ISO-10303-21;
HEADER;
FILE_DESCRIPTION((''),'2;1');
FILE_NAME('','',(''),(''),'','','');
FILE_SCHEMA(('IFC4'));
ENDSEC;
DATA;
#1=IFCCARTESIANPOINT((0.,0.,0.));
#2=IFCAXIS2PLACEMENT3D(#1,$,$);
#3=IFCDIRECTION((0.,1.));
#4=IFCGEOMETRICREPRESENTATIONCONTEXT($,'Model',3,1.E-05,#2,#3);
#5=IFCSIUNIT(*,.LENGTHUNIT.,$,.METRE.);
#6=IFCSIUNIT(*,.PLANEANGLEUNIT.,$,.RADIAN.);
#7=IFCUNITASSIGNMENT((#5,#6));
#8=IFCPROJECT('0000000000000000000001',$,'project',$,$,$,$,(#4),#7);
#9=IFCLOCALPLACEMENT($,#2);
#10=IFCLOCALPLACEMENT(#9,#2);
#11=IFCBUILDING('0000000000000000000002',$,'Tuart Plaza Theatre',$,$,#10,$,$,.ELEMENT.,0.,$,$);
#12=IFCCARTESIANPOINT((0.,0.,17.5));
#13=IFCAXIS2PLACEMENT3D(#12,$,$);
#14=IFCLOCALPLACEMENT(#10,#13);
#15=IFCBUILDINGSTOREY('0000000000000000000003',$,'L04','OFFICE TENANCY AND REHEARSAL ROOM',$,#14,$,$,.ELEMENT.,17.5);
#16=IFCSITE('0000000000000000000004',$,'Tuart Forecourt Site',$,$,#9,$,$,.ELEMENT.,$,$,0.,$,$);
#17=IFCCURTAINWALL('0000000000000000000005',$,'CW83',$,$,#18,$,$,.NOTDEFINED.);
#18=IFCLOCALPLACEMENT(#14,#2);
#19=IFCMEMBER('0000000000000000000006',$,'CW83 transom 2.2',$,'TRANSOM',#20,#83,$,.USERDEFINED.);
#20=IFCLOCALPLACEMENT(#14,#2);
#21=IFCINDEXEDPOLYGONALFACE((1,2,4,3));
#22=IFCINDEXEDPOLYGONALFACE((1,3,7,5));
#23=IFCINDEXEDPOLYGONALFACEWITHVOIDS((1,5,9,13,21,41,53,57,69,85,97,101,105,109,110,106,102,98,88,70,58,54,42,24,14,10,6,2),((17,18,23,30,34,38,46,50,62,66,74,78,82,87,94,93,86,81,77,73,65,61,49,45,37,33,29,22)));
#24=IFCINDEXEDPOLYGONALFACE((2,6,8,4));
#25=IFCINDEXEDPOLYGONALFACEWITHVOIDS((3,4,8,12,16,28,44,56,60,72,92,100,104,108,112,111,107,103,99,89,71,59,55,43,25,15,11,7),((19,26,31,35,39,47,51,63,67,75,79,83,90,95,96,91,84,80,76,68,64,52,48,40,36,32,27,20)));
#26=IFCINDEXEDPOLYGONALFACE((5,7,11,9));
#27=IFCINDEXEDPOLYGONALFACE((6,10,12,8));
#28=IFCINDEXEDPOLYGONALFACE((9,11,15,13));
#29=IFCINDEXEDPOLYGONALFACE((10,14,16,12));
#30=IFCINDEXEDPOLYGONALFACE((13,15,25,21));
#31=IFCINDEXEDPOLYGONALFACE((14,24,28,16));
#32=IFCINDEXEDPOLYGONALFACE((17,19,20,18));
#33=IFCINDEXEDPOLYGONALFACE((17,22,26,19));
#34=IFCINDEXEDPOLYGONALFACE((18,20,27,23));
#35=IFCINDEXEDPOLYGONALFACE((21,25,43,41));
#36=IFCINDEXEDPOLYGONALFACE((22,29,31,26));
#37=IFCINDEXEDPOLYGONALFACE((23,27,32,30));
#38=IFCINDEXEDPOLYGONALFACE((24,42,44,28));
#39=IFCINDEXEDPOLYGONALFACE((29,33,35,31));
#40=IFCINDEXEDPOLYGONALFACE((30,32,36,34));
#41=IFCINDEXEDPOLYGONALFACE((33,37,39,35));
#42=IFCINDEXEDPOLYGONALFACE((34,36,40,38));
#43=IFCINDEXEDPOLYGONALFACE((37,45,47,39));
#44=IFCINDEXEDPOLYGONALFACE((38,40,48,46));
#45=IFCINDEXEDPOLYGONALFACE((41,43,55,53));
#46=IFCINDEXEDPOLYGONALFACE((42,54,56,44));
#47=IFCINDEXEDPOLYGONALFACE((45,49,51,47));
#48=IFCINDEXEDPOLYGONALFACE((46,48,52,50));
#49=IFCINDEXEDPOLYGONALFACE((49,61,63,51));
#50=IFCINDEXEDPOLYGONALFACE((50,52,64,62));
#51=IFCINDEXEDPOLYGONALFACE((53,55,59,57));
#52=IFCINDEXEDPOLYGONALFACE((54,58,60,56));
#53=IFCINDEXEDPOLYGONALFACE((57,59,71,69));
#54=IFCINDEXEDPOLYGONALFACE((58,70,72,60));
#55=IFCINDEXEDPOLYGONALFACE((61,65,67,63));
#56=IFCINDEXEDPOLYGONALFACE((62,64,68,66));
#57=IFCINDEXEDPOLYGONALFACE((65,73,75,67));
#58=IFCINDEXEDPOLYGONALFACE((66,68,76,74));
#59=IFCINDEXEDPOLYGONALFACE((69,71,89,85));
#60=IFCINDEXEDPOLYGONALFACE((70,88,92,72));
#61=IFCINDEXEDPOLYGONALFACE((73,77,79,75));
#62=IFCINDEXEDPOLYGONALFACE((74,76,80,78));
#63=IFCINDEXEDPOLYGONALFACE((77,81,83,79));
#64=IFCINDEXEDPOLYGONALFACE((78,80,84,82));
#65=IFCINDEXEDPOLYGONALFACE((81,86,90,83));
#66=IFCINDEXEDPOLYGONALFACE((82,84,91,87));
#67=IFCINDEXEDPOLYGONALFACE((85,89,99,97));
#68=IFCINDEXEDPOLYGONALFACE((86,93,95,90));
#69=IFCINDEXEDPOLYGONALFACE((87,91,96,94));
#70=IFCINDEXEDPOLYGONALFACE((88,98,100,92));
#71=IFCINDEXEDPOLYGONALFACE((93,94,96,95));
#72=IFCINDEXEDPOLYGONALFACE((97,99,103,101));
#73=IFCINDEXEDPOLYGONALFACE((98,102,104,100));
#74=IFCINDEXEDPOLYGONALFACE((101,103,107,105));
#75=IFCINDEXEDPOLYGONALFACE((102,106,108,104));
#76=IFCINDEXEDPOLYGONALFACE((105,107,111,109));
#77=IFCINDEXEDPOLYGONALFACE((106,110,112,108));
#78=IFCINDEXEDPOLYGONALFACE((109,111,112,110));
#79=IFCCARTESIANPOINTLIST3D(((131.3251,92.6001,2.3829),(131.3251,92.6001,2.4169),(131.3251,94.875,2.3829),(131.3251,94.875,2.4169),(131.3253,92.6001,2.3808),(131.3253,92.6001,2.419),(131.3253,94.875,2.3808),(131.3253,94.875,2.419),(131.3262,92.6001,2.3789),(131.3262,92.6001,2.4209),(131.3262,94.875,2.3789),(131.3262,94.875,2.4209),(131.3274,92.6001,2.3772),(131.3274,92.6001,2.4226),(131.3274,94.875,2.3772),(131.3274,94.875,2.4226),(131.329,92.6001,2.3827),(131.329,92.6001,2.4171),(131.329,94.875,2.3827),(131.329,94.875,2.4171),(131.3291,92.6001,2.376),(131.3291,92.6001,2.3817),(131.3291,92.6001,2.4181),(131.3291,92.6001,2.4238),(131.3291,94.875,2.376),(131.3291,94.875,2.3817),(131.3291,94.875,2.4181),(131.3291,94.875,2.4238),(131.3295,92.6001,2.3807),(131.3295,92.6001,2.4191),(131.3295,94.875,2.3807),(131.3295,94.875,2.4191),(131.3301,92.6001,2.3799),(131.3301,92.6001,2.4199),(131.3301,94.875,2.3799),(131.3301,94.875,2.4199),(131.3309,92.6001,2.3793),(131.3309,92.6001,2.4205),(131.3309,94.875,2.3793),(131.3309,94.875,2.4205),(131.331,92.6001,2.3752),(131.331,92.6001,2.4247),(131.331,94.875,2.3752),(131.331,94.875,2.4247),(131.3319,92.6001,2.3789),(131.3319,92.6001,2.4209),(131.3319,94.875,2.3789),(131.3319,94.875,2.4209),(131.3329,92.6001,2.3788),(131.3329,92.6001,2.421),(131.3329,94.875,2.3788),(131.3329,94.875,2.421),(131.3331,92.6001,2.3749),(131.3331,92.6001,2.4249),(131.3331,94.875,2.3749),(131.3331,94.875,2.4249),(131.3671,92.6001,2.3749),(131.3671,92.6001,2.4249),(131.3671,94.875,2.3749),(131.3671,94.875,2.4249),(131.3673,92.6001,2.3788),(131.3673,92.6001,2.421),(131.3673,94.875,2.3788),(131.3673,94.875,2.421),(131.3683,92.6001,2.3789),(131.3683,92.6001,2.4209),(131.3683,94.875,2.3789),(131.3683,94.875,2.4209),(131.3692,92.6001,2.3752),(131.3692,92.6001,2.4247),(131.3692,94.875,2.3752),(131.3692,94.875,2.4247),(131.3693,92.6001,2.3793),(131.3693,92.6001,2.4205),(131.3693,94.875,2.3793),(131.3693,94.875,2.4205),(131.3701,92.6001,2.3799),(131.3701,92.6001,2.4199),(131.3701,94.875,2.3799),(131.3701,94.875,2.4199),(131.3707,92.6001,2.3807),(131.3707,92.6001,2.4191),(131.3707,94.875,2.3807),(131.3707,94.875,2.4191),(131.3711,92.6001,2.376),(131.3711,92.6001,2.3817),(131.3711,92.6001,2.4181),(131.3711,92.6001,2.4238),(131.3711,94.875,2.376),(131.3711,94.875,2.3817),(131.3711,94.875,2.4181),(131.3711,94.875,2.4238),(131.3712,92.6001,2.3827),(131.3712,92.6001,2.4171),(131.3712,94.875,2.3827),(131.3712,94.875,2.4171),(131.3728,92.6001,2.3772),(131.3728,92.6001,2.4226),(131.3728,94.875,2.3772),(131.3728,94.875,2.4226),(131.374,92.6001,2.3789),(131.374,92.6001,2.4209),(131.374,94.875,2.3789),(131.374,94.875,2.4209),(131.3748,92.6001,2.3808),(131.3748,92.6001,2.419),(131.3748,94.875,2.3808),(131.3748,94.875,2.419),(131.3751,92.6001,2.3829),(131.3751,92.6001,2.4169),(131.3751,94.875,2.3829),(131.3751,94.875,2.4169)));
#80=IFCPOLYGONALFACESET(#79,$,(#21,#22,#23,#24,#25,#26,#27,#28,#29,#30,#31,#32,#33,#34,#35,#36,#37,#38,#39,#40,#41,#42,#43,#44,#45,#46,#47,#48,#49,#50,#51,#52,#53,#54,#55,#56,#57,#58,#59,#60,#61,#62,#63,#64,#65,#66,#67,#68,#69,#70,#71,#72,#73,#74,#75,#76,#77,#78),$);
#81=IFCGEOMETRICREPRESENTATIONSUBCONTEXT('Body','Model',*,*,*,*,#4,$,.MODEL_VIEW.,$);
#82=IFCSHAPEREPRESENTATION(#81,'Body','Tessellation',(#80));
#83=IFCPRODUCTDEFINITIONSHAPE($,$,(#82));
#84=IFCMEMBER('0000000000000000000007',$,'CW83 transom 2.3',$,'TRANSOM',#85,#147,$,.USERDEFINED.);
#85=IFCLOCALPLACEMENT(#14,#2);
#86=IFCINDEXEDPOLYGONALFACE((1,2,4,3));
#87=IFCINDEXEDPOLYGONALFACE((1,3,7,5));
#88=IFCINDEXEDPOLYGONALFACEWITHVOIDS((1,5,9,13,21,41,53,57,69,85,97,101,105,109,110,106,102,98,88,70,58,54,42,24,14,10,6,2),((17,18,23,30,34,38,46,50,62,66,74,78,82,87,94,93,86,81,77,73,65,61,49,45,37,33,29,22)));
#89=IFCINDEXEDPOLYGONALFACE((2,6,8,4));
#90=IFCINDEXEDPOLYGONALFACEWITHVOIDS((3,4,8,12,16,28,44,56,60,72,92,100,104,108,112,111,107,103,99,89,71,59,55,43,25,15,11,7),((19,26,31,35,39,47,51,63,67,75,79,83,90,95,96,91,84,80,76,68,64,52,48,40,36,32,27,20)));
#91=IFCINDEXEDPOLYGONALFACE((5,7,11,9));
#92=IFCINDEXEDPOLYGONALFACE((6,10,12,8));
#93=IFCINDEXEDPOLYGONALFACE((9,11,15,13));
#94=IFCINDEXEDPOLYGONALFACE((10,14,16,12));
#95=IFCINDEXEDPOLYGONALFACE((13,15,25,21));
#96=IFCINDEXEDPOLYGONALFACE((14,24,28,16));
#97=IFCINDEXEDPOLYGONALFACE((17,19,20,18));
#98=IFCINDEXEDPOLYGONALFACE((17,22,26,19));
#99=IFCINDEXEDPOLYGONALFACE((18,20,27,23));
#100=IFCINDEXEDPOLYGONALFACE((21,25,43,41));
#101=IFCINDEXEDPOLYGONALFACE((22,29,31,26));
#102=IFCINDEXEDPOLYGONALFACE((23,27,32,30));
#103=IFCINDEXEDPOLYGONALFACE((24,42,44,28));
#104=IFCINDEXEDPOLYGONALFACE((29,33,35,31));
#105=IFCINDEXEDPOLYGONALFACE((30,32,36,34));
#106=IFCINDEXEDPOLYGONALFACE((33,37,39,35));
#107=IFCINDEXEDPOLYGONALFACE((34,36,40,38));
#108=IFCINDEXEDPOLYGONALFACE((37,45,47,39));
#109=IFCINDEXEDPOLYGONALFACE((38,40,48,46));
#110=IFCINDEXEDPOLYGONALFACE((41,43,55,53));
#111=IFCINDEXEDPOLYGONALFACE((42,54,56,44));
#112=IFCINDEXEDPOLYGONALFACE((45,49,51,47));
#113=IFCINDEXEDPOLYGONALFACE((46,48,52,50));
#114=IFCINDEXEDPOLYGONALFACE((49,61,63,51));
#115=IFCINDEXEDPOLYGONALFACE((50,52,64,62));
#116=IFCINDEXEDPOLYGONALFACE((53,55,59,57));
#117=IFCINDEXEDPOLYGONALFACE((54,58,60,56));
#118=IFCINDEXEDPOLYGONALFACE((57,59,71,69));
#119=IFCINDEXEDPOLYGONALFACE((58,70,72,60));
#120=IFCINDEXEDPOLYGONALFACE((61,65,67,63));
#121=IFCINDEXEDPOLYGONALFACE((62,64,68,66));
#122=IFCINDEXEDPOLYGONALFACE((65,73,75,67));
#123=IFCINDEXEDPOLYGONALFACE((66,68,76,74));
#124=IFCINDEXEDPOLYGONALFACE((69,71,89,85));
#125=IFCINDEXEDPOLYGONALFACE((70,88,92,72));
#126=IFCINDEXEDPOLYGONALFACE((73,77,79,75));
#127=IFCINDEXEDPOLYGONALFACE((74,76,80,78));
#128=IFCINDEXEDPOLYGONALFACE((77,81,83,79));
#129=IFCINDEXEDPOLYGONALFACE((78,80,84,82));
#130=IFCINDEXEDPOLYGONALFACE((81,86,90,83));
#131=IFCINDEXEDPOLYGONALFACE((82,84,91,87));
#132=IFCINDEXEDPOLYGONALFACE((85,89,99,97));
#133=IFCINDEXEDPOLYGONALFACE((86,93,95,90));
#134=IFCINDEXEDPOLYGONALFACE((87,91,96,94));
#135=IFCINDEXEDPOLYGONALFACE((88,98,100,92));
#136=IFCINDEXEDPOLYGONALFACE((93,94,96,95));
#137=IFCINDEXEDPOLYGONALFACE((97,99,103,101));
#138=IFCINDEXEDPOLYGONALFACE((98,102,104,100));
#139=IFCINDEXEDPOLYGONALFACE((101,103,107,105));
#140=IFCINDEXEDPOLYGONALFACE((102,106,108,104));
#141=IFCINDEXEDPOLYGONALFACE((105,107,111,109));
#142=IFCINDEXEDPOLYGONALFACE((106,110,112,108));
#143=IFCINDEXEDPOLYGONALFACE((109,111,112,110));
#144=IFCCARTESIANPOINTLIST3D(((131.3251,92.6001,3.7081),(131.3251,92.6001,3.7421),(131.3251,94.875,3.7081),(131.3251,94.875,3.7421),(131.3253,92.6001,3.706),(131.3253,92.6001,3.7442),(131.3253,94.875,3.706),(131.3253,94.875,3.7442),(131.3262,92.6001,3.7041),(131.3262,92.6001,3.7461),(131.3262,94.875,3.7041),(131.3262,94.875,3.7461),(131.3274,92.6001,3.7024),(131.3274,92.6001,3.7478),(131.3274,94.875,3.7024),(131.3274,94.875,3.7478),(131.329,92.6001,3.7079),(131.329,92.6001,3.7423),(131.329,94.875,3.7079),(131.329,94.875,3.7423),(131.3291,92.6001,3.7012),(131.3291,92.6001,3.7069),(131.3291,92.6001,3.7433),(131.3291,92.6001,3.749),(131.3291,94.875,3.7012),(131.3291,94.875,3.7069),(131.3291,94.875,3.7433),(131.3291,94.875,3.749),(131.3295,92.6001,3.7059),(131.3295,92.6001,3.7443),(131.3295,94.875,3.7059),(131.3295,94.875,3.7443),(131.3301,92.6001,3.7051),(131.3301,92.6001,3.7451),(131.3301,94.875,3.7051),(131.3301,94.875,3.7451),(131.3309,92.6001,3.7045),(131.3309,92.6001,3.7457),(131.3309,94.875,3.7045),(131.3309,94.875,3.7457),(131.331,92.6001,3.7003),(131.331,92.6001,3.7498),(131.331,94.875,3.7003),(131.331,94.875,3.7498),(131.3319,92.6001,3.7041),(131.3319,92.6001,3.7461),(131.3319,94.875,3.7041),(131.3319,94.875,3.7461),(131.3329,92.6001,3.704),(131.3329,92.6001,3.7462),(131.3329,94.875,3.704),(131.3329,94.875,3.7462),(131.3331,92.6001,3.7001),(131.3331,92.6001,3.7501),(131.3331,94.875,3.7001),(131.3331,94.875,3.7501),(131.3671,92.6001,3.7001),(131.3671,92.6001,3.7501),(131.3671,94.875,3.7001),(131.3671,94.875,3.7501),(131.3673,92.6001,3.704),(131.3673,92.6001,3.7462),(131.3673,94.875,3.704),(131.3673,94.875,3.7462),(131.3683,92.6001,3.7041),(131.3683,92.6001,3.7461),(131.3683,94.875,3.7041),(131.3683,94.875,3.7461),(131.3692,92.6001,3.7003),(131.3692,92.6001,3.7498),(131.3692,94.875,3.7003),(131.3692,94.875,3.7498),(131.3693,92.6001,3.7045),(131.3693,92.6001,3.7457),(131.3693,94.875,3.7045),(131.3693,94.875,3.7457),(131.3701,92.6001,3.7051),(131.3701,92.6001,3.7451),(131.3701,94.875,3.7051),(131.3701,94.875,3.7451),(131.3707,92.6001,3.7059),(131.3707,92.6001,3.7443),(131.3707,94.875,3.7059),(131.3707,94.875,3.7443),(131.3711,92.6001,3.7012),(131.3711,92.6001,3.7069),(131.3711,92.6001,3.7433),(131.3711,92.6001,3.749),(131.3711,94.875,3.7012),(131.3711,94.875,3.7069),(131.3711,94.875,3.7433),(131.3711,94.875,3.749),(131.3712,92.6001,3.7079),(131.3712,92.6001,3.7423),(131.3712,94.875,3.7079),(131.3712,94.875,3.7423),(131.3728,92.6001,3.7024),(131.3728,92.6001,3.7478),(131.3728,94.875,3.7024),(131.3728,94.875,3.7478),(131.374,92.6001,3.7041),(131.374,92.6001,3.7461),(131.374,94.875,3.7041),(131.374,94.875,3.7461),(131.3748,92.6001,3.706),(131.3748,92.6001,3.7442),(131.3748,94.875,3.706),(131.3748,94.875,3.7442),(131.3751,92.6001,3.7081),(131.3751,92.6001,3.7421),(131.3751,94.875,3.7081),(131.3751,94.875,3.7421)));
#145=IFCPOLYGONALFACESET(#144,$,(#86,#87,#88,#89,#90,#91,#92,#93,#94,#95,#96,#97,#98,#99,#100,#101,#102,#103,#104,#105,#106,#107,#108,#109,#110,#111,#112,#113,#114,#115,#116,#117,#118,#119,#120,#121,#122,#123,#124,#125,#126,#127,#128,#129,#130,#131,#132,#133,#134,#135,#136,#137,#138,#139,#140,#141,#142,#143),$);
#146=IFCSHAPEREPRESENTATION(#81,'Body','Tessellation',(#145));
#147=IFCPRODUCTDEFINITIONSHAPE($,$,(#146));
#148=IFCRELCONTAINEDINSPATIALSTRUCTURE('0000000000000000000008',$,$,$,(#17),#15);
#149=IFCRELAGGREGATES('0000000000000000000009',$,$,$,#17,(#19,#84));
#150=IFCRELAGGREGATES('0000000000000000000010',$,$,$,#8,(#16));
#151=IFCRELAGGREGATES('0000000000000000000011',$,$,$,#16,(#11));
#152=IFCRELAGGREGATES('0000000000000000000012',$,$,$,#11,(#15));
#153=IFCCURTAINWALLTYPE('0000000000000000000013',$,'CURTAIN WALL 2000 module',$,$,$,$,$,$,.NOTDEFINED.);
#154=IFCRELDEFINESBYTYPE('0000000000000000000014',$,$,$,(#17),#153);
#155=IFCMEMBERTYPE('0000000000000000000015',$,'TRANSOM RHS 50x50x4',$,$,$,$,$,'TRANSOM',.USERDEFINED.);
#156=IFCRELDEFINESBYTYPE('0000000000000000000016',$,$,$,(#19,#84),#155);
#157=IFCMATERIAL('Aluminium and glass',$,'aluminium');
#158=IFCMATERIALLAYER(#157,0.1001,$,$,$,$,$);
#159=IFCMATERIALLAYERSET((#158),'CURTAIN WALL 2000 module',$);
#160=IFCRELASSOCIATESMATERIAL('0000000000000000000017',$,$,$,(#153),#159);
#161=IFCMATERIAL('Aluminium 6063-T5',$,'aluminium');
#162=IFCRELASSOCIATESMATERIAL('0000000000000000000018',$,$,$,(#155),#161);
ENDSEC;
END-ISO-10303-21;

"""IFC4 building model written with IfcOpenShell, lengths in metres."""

from ifc_helpers import new_model, si_unit, direction, frame, origin, origin_2d, place, context, subcontext, project, spatial, hollow_rectangle, extrude, material, layer, layer_set, material_profile, profile_set, type_object, element, aggregate, save


model = new_model("IFC4")

# Units and contexts
model_context = context("Model", 3, precision=1e-05, world=origin(), true_north=direction((0.0, 1.0)))
body_context = subcontext(model_context, "Body", "Model", "MODEL_VIEW")
ifc_project = project(units=[si_unit("LENGTHUNIT", "METRE"), si_unit("PLANEANGLEUNIT", "RADIAN")], contexts=[model_context])

# Site, building, storey
site_placement = place(None, origin())
site = spatial("IfcSite", under=ifc_project, at=site_placement, Name="Tuart Forecourt Site", CompositionType="ELEMENT", RefElevation=0.0)
building_placement = place(site_placement, origin())
building = spatial("IfcBuilding", under=site, at=building_placement, Name="Tuart Plaza Theatre", CompositionType="ELEMENT", ElevationOfRefHeight=0.0)
storey_placement = place(building_placement, frame((0.0, 0.0, 17.5)))
storey = spatial("IfcBuildingStorey", under=building, at=storey_placement, Name="L04", Description="OFFICE TENANCY AND REHEARSAL ROOM", CompositionType="ELEMENT", Elevation=17.5)

# Curtain wall
ifc_material_1 = material(Name="Aluminium and glass", Category="aluminium")
ifc_layer_1 = layer(ifc_material_1, 0.1001)
ifc_layer_set_1 = layer_set([ifc_layer_1], Name="CURTAIN WALL 2000 module")
curtain_wall_type_1 = type_object("IfcCurtainWallType", Name="CURTAIN WALL 2000 module", PredefinedType="NOTDEFINED", material=ifc_layer_set_1)
curtain_wall_1_placement = place(storey_placement, origin())
curtain_wall_1 = element("IfcCurtainWall", 1, at=curtain_wall_1_placement, inside=storey, type_object=curtain_wall_type_1, Name="CW83", PredefinedType="NOTDEFINED")

# Members
ifc_material_2 = material(Name="Aluminium 6063-T5", Category="aluminium")
ifc_material_profile_1 = material_profile(ifc_material_2, hollow_rectangle(XDim=0.05, YDim=0.05, WallThickness=0.0039, InnerFilletRadius=0.0039, OuterFilletRadius=0.0081, at=origin_2d()), Name="RHS 50x50x4")
ifc_profile_set_1 = profile_set([ifc_material_profile_1], Name="Aluminium 6063-T5")
member_type_1 = type_object("IfcMemberType", Name="TRANSOM RHS 50x50x4", ElementType="TRANSOM", PredefinedType="USERDEFINED", material=ifc_profile_set_1)
member_1_placement = place(storey_placement, frame((131.3501, 94.875, 2.3999), z_axis=(0.0, -1.0, 0.0), x_axis=(1.0, 0.0, 0.0)))
member_1 = element("IfcMember", 2, at=member_1_placement, type_object=member_type_1, Name="CW83 transom 2.2", ObjectType="TRANSOM", PredefinedType="USERDEFINED", context=body_context, shape_type="SweptSolid", body=[
    extrude(hollow_rectangle(XDim=0.05, YDim=0.05, WallThickness=0.0039, InnerFilletRadius=0.0039, OuterFilletRadius=0.0081, at=origin_2d()), origin(), (0.0, 0.0, 1.0), 2.2749),
])
member_2_placement = place(storey_placement, frame((131.3501, 94.875, 3.7251), z_axis=(0.0, -1.0, 0.0), x_axis=(1.0, 0.0, 0.0)))
member_2 = element("IfcMember", 3, at=member_2_placement, type_object=member_type_1, Name="CW83 transom 2.3", ObjectType="TRANSOM", PredefinedType="USERDEFINED", context=body_context, shape_type="SweptSolid", body=[
    extrude(hollow_rectangle(XDim=0.05, YDim=0.05, WallThickness=0.0039, InnerFilletRadius=0.0039, OuterFilletRadius=0.0081, at=origin_2d()), origin(), (0.0, 0.0, 1.0), 2.2749),
])

aggregate(curtain_wall_1, [member_1, member_2])

save(model, "model.ifc")
